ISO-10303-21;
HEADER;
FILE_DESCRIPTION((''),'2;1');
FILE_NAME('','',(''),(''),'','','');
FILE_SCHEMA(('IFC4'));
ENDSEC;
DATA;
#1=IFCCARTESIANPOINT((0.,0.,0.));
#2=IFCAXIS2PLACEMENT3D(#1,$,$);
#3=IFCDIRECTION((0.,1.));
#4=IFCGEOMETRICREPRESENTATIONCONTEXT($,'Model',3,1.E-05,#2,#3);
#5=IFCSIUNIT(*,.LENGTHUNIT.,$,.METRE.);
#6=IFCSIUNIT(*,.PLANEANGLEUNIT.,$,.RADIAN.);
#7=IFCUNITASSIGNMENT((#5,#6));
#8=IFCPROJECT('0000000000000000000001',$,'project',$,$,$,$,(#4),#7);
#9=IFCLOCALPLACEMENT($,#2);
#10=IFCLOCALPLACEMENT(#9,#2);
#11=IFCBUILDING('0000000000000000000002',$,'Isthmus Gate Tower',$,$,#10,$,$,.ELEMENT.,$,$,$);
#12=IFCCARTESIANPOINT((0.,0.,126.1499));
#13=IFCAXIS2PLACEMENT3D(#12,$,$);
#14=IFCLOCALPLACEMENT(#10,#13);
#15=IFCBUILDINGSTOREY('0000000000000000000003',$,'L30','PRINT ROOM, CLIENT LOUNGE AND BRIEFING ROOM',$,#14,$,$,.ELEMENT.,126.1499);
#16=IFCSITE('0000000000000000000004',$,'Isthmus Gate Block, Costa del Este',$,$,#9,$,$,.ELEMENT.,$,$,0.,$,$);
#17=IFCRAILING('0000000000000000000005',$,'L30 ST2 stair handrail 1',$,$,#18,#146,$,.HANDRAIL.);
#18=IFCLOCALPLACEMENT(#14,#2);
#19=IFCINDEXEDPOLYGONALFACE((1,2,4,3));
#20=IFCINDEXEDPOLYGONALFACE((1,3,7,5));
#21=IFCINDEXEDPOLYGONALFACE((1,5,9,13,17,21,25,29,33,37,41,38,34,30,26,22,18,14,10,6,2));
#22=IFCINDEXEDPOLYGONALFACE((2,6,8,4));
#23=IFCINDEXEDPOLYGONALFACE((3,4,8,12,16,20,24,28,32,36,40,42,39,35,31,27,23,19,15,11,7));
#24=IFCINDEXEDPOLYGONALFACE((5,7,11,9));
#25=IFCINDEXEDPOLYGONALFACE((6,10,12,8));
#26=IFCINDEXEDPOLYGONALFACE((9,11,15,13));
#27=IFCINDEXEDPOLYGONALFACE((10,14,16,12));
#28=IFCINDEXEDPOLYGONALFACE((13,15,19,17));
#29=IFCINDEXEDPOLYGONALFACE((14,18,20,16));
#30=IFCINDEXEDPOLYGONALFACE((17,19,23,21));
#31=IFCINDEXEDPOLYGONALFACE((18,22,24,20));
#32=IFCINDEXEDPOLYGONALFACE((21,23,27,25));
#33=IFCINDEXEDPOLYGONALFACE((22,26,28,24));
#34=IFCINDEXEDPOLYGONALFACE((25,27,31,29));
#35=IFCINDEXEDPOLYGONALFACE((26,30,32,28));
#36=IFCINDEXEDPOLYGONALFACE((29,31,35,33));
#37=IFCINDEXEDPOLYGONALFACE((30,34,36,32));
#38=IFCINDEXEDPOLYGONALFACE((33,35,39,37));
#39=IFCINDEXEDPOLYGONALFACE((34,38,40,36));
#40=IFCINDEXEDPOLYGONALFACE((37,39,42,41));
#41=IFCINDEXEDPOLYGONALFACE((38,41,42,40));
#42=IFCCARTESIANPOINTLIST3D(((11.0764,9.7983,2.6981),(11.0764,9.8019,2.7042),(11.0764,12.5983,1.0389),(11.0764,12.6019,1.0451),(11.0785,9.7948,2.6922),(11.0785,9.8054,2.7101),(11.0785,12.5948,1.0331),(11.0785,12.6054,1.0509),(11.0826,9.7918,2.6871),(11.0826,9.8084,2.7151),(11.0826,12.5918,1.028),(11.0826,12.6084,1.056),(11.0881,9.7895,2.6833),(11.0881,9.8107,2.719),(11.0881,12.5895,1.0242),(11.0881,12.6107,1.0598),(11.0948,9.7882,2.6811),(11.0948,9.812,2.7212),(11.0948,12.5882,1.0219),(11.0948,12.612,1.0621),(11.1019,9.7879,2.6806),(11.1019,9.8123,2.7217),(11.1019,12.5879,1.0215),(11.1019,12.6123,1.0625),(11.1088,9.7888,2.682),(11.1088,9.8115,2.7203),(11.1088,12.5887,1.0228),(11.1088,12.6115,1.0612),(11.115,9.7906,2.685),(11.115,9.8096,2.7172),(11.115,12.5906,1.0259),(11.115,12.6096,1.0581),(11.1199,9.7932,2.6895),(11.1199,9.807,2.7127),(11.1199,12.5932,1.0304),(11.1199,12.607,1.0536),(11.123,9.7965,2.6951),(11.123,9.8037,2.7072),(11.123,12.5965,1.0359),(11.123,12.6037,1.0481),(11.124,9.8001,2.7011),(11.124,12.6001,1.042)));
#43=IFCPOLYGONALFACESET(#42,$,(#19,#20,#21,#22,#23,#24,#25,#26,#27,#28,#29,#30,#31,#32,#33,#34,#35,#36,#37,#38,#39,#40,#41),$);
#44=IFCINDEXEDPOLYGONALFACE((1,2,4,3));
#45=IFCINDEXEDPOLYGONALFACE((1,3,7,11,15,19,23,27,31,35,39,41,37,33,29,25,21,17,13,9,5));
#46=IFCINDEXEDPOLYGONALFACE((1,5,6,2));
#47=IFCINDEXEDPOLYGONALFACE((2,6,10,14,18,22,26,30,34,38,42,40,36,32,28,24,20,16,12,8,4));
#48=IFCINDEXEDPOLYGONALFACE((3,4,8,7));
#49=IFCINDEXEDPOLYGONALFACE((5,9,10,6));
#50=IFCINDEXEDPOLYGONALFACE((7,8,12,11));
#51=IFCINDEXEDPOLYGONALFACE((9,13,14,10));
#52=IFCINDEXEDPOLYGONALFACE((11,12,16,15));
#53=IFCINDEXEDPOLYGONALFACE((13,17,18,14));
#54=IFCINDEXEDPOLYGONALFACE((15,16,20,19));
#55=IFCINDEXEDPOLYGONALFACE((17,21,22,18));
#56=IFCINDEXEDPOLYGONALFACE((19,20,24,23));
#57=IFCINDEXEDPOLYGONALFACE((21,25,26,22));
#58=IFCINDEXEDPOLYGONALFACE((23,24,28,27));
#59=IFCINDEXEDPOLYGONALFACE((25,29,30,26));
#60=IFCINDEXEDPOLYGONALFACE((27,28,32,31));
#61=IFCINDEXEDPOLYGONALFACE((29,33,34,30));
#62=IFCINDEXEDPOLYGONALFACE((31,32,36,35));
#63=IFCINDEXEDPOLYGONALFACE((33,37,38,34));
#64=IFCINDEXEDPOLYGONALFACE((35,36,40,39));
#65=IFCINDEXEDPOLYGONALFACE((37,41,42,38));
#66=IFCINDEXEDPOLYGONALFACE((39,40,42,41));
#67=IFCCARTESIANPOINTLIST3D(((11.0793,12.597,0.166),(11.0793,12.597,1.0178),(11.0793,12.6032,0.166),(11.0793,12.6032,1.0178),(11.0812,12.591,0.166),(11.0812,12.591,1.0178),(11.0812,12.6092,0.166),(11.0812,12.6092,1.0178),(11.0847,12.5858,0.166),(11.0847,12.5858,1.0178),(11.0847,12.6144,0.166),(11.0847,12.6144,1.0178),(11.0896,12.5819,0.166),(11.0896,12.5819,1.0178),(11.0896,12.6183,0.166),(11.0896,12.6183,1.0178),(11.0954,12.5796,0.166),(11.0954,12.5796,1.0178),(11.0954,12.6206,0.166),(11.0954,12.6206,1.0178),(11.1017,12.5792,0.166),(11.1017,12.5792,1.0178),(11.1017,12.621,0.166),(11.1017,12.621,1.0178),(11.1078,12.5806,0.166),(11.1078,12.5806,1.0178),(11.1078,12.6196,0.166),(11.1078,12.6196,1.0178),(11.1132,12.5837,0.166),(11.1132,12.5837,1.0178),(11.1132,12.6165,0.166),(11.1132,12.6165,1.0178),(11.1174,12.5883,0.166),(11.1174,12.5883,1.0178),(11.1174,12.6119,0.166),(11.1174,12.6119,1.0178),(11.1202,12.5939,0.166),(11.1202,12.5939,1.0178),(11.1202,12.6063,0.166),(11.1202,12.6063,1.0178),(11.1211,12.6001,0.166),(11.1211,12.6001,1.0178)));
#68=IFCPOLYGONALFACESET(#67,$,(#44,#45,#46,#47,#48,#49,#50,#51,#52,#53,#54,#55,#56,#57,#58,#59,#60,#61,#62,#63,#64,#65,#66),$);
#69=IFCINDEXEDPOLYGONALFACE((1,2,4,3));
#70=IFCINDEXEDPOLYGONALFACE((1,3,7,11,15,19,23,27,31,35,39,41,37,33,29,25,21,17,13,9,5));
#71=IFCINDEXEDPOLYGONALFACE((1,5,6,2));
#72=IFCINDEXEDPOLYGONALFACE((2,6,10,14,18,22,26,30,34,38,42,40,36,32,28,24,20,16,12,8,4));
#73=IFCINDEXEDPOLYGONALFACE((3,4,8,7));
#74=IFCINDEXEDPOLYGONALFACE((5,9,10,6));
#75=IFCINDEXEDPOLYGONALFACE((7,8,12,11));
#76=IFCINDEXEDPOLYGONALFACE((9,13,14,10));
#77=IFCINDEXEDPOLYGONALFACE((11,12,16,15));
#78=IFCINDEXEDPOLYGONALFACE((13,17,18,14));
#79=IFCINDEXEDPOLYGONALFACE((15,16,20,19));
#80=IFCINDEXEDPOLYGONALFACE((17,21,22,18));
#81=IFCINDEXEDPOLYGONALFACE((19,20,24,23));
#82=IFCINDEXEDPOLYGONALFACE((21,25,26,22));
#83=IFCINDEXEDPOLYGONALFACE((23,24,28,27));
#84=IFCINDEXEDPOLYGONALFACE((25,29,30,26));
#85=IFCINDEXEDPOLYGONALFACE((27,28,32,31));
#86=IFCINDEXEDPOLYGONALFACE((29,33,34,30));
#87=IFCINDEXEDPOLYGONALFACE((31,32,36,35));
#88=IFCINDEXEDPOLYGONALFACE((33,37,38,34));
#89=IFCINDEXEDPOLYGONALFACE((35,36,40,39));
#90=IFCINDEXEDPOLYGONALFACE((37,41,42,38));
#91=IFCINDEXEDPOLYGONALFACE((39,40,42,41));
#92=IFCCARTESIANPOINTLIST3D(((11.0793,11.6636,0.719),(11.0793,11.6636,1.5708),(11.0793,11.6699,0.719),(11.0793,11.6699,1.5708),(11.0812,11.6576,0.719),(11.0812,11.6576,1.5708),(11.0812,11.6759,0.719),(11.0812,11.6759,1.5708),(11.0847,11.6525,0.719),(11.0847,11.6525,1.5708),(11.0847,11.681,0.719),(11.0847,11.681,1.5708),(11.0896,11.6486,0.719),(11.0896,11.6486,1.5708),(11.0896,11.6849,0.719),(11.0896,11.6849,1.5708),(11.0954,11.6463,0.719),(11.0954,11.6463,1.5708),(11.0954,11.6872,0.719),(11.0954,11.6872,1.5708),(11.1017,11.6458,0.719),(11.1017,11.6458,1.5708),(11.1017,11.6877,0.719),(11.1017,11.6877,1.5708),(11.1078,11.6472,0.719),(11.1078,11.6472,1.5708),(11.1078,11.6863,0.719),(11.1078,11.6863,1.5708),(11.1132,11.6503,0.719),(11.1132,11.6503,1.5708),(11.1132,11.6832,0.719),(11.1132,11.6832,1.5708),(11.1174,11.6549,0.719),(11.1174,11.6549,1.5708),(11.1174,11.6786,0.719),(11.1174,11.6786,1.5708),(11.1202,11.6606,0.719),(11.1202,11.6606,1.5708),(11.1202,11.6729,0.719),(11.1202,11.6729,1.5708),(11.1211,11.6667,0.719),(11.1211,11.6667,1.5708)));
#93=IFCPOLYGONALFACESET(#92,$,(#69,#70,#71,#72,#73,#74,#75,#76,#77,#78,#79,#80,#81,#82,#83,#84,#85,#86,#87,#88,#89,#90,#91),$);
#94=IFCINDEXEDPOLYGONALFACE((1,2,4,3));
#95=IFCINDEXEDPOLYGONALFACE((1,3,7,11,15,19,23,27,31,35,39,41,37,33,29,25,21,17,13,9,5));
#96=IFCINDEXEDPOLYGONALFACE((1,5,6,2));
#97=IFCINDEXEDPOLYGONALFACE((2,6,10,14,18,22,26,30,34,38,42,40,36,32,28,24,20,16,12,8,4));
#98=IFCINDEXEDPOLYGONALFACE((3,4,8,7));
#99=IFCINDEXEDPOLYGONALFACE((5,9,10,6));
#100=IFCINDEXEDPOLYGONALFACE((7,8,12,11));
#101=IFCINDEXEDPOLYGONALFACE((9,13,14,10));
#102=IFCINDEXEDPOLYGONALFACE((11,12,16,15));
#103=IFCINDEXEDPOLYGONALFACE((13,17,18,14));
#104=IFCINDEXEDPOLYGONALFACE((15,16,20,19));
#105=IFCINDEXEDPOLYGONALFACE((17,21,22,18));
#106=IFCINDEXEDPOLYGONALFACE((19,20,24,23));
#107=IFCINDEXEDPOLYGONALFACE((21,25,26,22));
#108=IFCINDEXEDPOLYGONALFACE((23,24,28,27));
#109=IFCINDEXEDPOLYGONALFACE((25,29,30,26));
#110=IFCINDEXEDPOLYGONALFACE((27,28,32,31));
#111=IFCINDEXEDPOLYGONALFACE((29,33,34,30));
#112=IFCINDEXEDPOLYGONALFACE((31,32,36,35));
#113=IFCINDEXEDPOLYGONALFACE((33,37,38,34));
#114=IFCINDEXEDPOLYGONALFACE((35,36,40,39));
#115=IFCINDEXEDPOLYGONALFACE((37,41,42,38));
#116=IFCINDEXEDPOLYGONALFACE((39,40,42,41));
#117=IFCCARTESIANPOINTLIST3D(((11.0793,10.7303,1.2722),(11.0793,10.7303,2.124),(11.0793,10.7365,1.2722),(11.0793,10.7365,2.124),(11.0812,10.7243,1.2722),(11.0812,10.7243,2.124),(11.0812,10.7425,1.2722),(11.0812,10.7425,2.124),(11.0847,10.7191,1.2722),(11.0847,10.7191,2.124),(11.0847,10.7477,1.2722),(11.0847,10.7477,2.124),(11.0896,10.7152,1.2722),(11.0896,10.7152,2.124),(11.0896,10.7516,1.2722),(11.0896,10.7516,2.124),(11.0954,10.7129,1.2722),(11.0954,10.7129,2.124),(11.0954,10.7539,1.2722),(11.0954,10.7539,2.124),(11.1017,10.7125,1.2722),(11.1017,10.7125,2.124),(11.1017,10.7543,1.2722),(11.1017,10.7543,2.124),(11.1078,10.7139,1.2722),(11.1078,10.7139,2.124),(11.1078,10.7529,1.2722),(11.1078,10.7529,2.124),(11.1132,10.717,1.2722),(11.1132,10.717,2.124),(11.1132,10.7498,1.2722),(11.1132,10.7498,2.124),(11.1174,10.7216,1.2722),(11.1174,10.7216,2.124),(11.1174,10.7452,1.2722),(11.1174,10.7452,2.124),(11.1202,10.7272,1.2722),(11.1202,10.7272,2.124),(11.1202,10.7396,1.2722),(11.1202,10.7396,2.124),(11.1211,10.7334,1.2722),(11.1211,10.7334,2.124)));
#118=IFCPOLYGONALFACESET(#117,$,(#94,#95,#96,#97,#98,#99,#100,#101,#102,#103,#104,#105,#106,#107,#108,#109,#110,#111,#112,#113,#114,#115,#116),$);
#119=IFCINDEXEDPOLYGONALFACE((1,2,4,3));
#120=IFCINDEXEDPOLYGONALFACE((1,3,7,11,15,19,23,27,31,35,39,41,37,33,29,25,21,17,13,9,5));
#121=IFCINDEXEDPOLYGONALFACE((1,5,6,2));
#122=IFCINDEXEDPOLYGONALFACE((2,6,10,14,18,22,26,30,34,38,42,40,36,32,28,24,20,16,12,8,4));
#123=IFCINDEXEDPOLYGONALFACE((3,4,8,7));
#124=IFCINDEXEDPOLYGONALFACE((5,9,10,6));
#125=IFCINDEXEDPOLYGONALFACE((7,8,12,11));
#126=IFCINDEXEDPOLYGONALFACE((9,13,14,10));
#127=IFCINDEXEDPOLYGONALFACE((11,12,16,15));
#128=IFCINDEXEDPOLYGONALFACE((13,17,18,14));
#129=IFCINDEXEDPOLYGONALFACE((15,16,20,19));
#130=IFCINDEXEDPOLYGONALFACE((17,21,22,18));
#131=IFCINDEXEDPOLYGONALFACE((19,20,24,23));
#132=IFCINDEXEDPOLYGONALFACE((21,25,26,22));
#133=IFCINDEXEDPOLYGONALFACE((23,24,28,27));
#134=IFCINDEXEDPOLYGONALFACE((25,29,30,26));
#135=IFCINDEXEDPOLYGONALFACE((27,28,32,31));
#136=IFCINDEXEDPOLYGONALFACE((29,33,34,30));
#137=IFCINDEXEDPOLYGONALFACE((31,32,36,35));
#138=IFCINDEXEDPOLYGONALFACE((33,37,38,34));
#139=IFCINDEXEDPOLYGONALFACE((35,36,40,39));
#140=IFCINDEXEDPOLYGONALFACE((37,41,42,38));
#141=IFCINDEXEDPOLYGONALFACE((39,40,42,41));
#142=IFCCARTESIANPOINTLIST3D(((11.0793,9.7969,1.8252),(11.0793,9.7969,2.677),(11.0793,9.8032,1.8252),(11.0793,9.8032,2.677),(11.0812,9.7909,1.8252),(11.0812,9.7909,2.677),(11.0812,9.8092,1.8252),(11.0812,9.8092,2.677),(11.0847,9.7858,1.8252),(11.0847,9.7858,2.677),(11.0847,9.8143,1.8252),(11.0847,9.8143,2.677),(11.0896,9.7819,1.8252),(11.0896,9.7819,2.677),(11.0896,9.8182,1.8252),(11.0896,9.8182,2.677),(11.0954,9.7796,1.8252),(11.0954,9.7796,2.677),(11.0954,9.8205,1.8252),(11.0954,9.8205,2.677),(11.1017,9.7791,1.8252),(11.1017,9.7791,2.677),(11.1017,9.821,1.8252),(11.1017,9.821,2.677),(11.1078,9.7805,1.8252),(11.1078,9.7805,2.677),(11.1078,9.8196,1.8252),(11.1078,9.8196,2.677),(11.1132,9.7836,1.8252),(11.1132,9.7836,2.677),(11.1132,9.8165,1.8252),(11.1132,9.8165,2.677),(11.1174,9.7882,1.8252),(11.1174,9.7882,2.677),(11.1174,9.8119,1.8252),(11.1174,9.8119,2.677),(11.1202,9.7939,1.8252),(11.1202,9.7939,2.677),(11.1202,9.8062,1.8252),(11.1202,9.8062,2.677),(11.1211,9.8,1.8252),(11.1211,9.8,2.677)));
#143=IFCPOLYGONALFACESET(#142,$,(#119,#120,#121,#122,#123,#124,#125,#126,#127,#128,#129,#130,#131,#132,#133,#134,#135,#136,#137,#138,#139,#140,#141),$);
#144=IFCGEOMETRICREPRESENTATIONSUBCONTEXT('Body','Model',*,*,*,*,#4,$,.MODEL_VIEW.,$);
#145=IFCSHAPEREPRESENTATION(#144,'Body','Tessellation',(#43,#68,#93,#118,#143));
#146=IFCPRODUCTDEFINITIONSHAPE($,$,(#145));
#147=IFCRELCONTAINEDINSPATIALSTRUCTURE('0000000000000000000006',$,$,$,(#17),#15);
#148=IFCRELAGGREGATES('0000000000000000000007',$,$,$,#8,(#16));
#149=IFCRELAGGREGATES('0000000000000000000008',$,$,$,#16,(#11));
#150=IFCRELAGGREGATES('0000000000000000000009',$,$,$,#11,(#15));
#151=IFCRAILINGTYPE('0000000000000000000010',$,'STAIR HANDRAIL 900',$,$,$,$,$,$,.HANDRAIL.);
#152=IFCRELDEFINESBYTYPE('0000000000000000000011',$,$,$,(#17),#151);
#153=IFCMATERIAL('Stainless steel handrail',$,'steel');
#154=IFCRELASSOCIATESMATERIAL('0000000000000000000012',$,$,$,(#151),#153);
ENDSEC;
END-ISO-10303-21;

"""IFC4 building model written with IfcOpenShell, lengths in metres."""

from ifc_helpers import new_model, si_unit, direction, frame, origin, origin_2d, place, context, subcontext, project, spatial, circle, extrude, material, type_object, element, save


model = new_model("IFC4")

# Units and contexts
model_context = context("Model", 3, precision=1e-05, world=origin(), true_north=direction((0.0, 1.0)))
body_context = subcontext(model_context, "Body", "Model", "MODEL_VIEW")
ifc_project = project(units=[si_unit("LENGTHUNIT", "METRE"), si_unit("PLANEANGLEUNIT", "RADIAN")], contexts=[model_context])

# Site, building, storey
site_placement = place(None, origin())
site = spatial("IfcSite", under=ifc_project, at=site_placement, Name="Isthmus Gate Block, Costa del Este", CompositionType="ELEMENT", RefElevation=0.0)
building_placement = place(site_placement, origin())
building = spatial("IfcBuilding", under=site, at=building_placement, Name="Isthmus Gate Tower", CompositionType="ELEMENT")
storey_placement = place(building_placement, frame((0.0, 0.0, 126.1499)))
storey = spatial("IfcBuildingStorey", under=building, at=storey_placement, Name="L30", Description="PRINT ROOM, CLIENT LOUNGE AND BRIEFING ROOM", CompositionType="ELEMENT", Elevation=126.1499)

# Railing
ifc_material_1 = material(Name="Stainless steel handrail", Category="steel")
railing_type_1 = type_object("IfcRailingType", Name="STAIR HANDRAIL 900", PredefinedType="HANDRAIL", material=ifc_material_1)
railing_1_placement = place(storey_placement, frame((11.1001, 12.6001, 0.166)))
element("IfcRailing", 1, at=railing_1_placement, inside=storey, type_object=railing_type_1, Name="L30 ST2 stair handrail 1", PredefinedType="HANDRAIL", context=body_context, shape_type="SweptSolid", body=[
    extrude(circle(Radius=0.0239, at=origin_2d()), frame((0.0, 0.0, 0.876), z_axis=(0.0, -0.860306, 0.509778), x_axis=(1.0, 0.0, 0.0)), (0.0, 0.0, 1.0), 3.2546),
    extrude(circle(Radius=0.021, at=origin_2d()), origin(), (0.0, 0.0, 1.0), 0.8518),
    extrude(circle(Radius=0.021, at=origin_2d()), frame((0.0, -0.9333, 0.553)), (0.0, 0.0, 1.0), 0.8518),
    extrude(circle(Radius=0.021, at=origin_2d()), frame((0.0, -1.8667, 1.1062)), (0.0, 0.0, 1.0), 0.8518),
    extrude(circle(Radius=0.021, at=origin_2d()), frame((0.0, -2.8, 1.6592)), (0.0, 0.0, 1.0), 0.8518),
])

save(model, "model.ifc")
